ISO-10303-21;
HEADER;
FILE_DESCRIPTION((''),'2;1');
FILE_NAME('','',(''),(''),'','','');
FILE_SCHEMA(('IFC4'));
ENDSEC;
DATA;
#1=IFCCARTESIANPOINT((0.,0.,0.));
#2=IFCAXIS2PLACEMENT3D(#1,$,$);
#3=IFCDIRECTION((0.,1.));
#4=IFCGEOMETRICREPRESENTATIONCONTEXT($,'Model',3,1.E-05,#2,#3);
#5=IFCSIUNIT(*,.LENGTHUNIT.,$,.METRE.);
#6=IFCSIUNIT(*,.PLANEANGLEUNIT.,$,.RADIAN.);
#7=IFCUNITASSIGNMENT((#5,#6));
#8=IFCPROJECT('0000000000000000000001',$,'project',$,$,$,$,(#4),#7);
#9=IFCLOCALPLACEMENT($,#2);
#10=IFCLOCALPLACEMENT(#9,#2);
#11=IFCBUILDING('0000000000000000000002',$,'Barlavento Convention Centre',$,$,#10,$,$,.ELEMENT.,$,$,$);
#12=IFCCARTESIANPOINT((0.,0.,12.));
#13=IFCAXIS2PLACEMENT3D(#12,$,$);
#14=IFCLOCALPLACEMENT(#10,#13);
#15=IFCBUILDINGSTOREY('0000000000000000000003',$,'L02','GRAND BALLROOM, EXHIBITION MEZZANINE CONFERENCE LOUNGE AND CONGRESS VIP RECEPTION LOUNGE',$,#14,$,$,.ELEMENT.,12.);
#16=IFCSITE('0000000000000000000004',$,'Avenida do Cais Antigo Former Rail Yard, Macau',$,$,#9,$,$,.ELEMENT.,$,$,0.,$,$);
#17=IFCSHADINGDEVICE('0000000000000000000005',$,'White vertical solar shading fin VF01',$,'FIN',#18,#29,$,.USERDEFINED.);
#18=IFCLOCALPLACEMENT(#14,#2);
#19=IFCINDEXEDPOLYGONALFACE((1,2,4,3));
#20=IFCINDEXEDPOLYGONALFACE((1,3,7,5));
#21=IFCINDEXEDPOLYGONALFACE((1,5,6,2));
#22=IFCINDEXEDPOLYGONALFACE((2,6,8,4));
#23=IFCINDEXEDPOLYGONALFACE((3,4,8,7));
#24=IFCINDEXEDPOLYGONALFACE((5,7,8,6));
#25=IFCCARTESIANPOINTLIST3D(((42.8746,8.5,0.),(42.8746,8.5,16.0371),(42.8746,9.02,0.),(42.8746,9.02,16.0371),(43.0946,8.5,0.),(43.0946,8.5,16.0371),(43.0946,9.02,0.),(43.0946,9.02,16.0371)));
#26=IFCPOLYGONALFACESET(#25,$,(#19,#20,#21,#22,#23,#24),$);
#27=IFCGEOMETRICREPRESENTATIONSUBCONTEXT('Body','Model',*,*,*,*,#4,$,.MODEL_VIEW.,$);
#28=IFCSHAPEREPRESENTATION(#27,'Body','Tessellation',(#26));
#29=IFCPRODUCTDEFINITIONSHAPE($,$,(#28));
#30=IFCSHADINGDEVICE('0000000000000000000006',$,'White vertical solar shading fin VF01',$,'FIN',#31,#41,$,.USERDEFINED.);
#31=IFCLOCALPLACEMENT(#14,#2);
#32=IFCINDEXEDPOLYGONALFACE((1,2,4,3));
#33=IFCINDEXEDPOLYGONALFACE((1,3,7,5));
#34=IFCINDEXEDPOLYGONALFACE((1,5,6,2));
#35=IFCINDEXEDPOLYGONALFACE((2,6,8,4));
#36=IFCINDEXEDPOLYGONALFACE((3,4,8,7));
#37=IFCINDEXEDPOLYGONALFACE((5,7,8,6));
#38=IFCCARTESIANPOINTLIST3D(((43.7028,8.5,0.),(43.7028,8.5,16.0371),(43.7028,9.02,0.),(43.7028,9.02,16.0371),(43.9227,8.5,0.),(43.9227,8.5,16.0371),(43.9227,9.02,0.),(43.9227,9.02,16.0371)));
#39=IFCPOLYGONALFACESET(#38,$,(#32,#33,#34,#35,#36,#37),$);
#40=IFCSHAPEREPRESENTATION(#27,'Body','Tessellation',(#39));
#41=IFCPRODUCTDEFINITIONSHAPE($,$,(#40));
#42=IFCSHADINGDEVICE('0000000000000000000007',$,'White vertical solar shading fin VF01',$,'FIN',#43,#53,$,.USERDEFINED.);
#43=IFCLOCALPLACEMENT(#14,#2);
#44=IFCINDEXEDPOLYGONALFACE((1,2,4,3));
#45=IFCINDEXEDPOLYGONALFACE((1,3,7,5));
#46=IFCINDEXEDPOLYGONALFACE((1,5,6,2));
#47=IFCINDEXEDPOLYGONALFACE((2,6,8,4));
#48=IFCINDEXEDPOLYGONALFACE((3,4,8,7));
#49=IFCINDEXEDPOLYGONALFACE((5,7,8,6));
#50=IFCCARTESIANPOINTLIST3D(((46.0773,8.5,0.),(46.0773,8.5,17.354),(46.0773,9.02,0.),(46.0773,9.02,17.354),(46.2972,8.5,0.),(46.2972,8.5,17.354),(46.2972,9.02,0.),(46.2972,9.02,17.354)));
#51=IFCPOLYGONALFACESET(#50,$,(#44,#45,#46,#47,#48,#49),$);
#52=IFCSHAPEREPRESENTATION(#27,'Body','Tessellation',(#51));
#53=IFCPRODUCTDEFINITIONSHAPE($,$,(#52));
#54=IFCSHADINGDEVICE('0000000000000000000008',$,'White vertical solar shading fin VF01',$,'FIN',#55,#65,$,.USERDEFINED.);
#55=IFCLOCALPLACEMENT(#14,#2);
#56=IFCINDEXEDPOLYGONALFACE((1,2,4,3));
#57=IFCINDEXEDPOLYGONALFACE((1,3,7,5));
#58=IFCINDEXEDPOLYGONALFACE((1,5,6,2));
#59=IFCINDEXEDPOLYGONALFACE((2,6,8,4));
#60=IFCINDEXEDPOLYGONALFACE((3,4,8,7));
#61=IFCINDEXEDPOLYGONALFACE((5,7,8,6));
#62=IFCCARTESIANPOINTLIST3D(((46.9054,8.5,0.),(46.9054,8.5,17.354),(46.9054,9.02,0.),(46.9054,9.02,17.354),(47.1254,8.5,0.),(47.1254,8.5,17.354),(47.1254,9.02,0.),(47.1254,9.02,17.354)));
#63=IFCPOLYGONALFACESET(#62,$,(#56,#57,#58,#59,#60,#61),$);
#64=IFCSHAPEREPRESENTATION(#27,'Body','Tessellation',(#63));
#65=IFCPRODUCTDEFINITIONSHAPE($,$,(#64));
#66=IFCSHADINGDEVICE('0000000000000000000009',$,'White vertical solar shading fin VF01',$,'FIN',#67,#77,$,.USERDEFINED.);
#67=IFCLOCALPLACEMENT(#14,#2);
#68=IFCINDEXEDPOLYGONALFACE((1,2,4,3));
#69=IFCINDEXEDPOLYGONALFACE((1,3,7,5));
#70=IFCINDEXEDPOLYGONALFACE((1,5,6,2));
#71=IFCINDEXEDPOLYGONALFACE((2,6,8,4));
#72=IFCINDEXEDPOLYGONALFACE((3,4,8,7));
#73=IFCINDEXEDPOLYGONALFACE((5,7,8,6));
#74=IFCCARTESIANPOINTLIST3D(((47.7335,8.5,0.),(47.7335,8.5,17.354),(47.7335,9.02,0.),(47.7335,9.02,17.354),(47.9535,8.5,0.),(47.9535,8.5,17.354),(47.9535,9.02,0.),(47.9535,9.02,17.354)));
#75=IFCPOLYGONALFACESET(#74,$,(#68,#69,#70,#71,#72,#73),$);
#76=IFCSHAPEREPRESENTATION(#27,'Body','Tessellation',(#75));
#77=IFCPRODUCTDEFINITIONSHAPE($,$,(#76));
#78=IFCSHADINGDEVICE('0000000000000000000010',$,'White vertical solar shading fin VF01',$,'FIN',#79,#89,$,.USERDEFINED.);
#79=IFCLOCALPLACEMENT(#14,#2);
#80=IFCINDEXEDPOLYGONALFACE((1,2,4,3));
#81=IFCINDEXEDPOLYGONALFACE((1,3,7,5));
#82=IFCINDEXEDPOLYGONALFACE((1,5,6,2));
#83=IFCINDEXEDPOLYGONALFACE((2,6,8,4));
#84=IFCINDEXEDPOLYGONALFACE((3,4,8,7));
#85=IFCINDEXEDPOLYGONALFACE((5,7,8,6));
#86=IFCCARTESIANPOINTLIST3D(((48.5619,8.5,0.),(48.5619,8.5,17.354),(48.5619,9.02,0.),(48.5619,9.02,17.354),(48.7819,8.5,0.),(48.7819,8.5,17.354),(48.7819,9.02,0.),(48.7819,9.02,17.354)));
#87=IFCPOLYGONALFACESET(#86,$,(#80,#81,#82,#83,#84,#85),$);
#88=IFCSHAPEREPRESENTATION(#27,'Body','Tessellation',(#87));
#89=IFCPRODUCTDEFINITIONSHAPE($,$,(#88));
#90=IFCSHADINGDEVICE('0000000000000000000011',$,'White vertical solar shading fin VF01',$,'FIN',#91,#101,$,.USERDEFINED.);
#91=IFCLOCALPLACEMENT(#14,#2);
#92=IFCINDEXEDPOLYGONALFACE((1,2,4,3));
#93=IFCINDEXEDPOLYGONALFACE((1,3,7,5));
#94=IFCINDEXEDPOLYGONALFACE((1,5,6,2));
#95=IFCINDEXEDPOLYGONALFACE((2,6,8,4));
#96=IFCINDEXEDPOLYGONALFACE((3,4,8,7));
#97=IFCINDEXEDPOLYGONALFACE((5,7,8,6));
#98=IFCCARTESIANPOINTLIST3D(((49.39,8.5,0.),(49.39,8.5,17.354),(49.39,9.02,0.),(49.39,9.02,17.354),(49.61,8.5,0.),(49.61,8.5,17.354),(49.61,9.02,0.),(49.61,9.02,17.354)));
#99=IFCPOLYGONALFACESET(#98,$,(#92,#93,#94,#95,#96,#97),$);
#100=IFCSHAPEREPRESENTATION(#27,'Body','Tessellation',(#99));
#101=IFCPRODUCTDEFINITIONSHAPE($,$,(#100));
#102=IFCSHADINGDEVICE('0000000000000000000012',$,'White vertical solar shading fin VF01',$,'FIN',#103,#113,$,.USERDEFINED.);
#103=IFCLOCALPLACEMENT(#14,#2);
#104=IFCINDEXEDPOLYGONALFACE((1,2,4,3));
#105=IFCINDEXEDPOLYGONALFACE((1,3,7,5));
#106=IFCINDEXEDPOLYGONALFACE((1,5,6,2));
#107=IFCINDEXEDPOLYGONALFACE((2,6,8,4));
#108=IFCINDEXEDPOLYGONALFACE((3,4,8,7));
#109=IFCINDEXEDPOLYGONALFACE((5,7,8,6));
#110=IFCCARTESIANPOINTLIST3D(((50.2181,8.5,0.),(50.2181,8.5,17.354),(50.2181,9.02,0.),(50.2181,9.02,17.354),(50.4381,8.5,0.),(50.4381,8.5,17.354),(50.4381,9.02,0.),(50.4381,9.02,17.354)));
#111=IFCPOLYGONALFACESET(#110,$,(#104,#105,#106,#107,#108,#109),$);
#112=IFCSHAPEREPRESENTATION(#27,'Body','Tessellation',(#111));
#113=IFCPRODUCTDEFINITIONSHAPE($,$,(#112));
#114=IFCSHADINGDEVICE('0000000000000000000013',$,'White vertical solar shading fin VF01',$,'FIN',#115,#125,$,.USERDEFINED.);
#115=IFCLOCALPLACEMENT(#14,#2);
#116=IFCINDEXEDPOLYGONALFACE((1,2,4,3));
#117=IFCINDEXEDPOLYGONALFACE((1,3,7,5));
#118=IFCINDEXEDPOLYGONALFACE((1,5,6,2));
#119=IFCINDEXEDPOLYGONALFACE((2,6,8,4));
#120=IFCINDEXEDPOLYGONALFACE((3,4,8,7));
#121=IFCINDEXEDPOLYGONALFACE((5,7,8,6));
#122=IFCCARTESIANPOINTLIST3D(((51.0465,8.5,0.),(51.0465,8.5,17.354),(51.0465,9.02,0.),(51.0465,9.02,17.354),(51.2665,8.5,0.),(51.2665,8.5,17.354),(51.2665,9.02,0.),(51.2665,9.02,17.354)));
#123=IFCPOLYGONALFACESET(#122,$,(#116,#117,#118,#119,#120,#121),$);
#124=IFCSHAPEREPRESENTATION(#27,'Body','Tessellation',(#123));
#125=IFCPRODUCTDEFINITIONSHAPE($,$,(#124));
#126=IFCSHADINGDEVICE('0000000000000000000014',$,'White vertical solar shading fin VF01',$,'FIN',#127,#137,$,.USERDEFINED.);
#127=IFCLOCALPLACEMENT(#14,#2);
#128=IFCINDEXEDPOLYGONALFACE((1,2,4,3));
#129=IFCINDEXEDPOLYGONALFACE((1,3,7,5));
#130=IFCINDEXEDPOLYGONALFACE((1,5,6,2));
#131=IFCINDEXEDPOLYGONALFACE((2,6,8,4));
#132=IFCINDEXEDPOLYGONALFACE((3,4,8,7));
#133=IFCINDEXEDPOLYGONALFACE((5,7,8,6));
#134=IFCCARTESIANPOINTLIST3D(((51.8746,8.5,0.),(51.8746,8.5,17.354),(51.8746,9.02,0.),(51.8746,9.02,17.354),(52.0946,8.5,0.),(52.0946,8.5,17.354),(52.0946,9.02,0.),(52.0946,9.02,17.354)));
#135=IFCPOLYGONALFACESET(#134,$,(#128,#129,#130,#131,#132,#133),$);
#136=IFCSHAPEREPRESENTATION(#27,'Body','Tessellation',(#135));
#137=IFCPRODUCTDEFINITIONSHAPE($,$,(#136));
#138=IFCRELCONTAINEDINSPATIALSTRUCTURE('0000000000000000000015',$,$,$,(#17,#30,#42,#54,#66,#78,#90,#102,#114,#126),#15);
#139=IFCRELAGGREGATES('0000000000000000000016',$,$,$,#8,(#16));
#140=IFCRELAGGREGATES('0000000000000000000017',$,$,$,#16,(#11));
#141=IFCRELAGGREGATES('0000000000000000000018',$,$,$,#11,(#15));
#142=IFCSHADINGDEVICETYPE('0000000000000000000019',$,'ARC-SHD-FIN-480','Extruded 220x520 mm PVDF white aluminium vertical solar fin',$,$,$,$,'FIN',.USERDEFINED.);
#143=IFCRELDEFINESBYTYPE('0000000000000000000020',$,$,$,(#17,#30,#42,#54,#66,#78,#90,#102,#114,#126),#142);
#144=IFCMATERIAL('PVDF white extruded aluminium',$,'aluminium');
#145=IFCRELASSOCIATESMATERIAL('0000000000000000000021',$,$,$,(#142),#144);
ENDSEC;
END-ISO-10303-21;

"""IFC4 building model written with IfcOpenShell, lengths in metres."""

from ifc_helpers import new_model, si_unit, direction, frame, origin, origin_2d, place, context, subcontext, project, spatial, rectangle, extrude, material, type_object, element, save


model = new_model("IFC4")

# Units and contexts
model_context = context("Model", 3, precision=1e-05, world=origin(), true_north=direction((0.0, 1.0)))
body_context = subcontext(model_context, "Body", "Model", "MODEL_VIEW")
ifc_project = project(units=[si_unit("LENGTHUNIT", "METRE"), si_unit("PLANEANGLEUNIT", "RADIAN")], contexts=[model_context])

# Site, building, storey
site_placement = place(None, origin())
site = spatial("IfcSite", under=ifc_project, at=site_placement, Name="Avenida do Cais Antigo Former Rail Yard, Macau", CompositionType="ELEMENT", RefElevation=0.0)
building_placement = place(site_placement, origin())
building = spatial("IfcBuilding", under=site, at=building_placement, Name="Barlavento Convention Centre", CompositionType="ELEMENT")
storey_placement = place(building_placement, frame((0.0, 0.0, 12.0)))
storey = spatial("IfcBuildingStorey", under=building, at=storey_placement, Name="L02", Description="GRAND BALLROOM, EXHIBITION MEZZANINE CONFERENCE LOUNGE AND CONGRESS VIP RECEPTION LOUNGE", CompositionType="ELEMENT", Elevation=12.0)

# Shading devices
ifc_material_1 = material(Name="PVDF white extruded aluminium", Category="aluminium")
shading_device_type = type_object("IfcShadingDeviceType", Name="ARC-SHD-FIN-480", Description="Extruded 220x520 mm PVDF white aluminium vertical solar fin", ElementType="FIN", PredefinedType="USERDEFINED", material=ifc_material_1)
for number, where, z_axis, x_axis, name in (
    (1, (42.9846, 8.76, 0.0), (0.0, 0.0, 1.0), (1.0, 0.0, 0.0), "White vertical solar shading fin VF01"),
    (2, (43.8127, 8.76, 0.0), (0.0, 0.0, 1.0), (1.0, 0.0, 0.0), "White vertical solar shading fin VF01"),
):
    element("IfcShadingDevice", number, at=place(storey_placement, frame(where, z_axis=z_axis, x_axis=x_axis)), inside=storey, type_object=shading_device_type, Name=name, ObjectType="FIN", PredefinedType="USERDEFINED", context=body_context, shape_type="SweptSolid", body=[
        extrude(rectangle(XDim=0.22, YDim=0.52, at=origin_2d()), origin(), (0.0, 0.0, 1.0), 16.0371),
    ])
for number, where, z_axis, x_axis, name in (
    (3, (46.1873, 8.76, 0.0), (0.0, 0.0, 1.0), (1.0, 0.0, 0.0), "White vertical solar shading fin VF01"),
    (4, (47.0154, 8.76, 0.0), (0.0, 0.0, 1.0), (1.0, 0.0, 0.0), "White vertical solar shading fin VF01"),
    (5, (47.8435, 8.76, 0.0), (0.0, 0.0, 1.0), (1.0, 0.0, 0.0), "White vertical solar shading fin VF01"),
    (6, (48.6719, 8.76, 0.0), (0.0, 0.0, 1.0), (1.0, 0.0, 0.0), "White vertical solar shading fin VF01"),
    (7, (49.5, 8.76, 0.0), (0.0, 0.0, 1.0), (1.0, 0.0, 0.0), "White vertical solar shading fin VF01"),
    (8, (50.3281, 8.76, 0.0), (0.0, 0.0, 1.0), (1.0, 0.0, 0.0), "White vertical solar shading fin VF01"),
    (9, (51.1565, 8.76, 0.0), (0.0, 0.0, 1.0), (1.0, 0.0, 0.0), "White vertical solar shading fin VF01"),
    (10, (51.9846, 8.76, 0.0), (0.0, 0.0, 1.0), (1.0, 0.0, 0.0), "White vertical solar shading fin VF01"),
):
    element("IfcShadingDevice", number, at=place(storey_placement, frame(where, z_axis=z_axis, x_axis=x_axis)), inside=storey, type_object=shading_device_type, Name=name, ObjectType="FIN", PredefinedType="USERDEFINED", context=body_context, shape_type="SweptSolid", body=[
        extrude(rectangle(XDim=0.22, YDim=0.52, at=origin_2d()), origin(), (0.0, 0.0, 1.0), 17.354),
    ])

save(model, "model.ifc")
